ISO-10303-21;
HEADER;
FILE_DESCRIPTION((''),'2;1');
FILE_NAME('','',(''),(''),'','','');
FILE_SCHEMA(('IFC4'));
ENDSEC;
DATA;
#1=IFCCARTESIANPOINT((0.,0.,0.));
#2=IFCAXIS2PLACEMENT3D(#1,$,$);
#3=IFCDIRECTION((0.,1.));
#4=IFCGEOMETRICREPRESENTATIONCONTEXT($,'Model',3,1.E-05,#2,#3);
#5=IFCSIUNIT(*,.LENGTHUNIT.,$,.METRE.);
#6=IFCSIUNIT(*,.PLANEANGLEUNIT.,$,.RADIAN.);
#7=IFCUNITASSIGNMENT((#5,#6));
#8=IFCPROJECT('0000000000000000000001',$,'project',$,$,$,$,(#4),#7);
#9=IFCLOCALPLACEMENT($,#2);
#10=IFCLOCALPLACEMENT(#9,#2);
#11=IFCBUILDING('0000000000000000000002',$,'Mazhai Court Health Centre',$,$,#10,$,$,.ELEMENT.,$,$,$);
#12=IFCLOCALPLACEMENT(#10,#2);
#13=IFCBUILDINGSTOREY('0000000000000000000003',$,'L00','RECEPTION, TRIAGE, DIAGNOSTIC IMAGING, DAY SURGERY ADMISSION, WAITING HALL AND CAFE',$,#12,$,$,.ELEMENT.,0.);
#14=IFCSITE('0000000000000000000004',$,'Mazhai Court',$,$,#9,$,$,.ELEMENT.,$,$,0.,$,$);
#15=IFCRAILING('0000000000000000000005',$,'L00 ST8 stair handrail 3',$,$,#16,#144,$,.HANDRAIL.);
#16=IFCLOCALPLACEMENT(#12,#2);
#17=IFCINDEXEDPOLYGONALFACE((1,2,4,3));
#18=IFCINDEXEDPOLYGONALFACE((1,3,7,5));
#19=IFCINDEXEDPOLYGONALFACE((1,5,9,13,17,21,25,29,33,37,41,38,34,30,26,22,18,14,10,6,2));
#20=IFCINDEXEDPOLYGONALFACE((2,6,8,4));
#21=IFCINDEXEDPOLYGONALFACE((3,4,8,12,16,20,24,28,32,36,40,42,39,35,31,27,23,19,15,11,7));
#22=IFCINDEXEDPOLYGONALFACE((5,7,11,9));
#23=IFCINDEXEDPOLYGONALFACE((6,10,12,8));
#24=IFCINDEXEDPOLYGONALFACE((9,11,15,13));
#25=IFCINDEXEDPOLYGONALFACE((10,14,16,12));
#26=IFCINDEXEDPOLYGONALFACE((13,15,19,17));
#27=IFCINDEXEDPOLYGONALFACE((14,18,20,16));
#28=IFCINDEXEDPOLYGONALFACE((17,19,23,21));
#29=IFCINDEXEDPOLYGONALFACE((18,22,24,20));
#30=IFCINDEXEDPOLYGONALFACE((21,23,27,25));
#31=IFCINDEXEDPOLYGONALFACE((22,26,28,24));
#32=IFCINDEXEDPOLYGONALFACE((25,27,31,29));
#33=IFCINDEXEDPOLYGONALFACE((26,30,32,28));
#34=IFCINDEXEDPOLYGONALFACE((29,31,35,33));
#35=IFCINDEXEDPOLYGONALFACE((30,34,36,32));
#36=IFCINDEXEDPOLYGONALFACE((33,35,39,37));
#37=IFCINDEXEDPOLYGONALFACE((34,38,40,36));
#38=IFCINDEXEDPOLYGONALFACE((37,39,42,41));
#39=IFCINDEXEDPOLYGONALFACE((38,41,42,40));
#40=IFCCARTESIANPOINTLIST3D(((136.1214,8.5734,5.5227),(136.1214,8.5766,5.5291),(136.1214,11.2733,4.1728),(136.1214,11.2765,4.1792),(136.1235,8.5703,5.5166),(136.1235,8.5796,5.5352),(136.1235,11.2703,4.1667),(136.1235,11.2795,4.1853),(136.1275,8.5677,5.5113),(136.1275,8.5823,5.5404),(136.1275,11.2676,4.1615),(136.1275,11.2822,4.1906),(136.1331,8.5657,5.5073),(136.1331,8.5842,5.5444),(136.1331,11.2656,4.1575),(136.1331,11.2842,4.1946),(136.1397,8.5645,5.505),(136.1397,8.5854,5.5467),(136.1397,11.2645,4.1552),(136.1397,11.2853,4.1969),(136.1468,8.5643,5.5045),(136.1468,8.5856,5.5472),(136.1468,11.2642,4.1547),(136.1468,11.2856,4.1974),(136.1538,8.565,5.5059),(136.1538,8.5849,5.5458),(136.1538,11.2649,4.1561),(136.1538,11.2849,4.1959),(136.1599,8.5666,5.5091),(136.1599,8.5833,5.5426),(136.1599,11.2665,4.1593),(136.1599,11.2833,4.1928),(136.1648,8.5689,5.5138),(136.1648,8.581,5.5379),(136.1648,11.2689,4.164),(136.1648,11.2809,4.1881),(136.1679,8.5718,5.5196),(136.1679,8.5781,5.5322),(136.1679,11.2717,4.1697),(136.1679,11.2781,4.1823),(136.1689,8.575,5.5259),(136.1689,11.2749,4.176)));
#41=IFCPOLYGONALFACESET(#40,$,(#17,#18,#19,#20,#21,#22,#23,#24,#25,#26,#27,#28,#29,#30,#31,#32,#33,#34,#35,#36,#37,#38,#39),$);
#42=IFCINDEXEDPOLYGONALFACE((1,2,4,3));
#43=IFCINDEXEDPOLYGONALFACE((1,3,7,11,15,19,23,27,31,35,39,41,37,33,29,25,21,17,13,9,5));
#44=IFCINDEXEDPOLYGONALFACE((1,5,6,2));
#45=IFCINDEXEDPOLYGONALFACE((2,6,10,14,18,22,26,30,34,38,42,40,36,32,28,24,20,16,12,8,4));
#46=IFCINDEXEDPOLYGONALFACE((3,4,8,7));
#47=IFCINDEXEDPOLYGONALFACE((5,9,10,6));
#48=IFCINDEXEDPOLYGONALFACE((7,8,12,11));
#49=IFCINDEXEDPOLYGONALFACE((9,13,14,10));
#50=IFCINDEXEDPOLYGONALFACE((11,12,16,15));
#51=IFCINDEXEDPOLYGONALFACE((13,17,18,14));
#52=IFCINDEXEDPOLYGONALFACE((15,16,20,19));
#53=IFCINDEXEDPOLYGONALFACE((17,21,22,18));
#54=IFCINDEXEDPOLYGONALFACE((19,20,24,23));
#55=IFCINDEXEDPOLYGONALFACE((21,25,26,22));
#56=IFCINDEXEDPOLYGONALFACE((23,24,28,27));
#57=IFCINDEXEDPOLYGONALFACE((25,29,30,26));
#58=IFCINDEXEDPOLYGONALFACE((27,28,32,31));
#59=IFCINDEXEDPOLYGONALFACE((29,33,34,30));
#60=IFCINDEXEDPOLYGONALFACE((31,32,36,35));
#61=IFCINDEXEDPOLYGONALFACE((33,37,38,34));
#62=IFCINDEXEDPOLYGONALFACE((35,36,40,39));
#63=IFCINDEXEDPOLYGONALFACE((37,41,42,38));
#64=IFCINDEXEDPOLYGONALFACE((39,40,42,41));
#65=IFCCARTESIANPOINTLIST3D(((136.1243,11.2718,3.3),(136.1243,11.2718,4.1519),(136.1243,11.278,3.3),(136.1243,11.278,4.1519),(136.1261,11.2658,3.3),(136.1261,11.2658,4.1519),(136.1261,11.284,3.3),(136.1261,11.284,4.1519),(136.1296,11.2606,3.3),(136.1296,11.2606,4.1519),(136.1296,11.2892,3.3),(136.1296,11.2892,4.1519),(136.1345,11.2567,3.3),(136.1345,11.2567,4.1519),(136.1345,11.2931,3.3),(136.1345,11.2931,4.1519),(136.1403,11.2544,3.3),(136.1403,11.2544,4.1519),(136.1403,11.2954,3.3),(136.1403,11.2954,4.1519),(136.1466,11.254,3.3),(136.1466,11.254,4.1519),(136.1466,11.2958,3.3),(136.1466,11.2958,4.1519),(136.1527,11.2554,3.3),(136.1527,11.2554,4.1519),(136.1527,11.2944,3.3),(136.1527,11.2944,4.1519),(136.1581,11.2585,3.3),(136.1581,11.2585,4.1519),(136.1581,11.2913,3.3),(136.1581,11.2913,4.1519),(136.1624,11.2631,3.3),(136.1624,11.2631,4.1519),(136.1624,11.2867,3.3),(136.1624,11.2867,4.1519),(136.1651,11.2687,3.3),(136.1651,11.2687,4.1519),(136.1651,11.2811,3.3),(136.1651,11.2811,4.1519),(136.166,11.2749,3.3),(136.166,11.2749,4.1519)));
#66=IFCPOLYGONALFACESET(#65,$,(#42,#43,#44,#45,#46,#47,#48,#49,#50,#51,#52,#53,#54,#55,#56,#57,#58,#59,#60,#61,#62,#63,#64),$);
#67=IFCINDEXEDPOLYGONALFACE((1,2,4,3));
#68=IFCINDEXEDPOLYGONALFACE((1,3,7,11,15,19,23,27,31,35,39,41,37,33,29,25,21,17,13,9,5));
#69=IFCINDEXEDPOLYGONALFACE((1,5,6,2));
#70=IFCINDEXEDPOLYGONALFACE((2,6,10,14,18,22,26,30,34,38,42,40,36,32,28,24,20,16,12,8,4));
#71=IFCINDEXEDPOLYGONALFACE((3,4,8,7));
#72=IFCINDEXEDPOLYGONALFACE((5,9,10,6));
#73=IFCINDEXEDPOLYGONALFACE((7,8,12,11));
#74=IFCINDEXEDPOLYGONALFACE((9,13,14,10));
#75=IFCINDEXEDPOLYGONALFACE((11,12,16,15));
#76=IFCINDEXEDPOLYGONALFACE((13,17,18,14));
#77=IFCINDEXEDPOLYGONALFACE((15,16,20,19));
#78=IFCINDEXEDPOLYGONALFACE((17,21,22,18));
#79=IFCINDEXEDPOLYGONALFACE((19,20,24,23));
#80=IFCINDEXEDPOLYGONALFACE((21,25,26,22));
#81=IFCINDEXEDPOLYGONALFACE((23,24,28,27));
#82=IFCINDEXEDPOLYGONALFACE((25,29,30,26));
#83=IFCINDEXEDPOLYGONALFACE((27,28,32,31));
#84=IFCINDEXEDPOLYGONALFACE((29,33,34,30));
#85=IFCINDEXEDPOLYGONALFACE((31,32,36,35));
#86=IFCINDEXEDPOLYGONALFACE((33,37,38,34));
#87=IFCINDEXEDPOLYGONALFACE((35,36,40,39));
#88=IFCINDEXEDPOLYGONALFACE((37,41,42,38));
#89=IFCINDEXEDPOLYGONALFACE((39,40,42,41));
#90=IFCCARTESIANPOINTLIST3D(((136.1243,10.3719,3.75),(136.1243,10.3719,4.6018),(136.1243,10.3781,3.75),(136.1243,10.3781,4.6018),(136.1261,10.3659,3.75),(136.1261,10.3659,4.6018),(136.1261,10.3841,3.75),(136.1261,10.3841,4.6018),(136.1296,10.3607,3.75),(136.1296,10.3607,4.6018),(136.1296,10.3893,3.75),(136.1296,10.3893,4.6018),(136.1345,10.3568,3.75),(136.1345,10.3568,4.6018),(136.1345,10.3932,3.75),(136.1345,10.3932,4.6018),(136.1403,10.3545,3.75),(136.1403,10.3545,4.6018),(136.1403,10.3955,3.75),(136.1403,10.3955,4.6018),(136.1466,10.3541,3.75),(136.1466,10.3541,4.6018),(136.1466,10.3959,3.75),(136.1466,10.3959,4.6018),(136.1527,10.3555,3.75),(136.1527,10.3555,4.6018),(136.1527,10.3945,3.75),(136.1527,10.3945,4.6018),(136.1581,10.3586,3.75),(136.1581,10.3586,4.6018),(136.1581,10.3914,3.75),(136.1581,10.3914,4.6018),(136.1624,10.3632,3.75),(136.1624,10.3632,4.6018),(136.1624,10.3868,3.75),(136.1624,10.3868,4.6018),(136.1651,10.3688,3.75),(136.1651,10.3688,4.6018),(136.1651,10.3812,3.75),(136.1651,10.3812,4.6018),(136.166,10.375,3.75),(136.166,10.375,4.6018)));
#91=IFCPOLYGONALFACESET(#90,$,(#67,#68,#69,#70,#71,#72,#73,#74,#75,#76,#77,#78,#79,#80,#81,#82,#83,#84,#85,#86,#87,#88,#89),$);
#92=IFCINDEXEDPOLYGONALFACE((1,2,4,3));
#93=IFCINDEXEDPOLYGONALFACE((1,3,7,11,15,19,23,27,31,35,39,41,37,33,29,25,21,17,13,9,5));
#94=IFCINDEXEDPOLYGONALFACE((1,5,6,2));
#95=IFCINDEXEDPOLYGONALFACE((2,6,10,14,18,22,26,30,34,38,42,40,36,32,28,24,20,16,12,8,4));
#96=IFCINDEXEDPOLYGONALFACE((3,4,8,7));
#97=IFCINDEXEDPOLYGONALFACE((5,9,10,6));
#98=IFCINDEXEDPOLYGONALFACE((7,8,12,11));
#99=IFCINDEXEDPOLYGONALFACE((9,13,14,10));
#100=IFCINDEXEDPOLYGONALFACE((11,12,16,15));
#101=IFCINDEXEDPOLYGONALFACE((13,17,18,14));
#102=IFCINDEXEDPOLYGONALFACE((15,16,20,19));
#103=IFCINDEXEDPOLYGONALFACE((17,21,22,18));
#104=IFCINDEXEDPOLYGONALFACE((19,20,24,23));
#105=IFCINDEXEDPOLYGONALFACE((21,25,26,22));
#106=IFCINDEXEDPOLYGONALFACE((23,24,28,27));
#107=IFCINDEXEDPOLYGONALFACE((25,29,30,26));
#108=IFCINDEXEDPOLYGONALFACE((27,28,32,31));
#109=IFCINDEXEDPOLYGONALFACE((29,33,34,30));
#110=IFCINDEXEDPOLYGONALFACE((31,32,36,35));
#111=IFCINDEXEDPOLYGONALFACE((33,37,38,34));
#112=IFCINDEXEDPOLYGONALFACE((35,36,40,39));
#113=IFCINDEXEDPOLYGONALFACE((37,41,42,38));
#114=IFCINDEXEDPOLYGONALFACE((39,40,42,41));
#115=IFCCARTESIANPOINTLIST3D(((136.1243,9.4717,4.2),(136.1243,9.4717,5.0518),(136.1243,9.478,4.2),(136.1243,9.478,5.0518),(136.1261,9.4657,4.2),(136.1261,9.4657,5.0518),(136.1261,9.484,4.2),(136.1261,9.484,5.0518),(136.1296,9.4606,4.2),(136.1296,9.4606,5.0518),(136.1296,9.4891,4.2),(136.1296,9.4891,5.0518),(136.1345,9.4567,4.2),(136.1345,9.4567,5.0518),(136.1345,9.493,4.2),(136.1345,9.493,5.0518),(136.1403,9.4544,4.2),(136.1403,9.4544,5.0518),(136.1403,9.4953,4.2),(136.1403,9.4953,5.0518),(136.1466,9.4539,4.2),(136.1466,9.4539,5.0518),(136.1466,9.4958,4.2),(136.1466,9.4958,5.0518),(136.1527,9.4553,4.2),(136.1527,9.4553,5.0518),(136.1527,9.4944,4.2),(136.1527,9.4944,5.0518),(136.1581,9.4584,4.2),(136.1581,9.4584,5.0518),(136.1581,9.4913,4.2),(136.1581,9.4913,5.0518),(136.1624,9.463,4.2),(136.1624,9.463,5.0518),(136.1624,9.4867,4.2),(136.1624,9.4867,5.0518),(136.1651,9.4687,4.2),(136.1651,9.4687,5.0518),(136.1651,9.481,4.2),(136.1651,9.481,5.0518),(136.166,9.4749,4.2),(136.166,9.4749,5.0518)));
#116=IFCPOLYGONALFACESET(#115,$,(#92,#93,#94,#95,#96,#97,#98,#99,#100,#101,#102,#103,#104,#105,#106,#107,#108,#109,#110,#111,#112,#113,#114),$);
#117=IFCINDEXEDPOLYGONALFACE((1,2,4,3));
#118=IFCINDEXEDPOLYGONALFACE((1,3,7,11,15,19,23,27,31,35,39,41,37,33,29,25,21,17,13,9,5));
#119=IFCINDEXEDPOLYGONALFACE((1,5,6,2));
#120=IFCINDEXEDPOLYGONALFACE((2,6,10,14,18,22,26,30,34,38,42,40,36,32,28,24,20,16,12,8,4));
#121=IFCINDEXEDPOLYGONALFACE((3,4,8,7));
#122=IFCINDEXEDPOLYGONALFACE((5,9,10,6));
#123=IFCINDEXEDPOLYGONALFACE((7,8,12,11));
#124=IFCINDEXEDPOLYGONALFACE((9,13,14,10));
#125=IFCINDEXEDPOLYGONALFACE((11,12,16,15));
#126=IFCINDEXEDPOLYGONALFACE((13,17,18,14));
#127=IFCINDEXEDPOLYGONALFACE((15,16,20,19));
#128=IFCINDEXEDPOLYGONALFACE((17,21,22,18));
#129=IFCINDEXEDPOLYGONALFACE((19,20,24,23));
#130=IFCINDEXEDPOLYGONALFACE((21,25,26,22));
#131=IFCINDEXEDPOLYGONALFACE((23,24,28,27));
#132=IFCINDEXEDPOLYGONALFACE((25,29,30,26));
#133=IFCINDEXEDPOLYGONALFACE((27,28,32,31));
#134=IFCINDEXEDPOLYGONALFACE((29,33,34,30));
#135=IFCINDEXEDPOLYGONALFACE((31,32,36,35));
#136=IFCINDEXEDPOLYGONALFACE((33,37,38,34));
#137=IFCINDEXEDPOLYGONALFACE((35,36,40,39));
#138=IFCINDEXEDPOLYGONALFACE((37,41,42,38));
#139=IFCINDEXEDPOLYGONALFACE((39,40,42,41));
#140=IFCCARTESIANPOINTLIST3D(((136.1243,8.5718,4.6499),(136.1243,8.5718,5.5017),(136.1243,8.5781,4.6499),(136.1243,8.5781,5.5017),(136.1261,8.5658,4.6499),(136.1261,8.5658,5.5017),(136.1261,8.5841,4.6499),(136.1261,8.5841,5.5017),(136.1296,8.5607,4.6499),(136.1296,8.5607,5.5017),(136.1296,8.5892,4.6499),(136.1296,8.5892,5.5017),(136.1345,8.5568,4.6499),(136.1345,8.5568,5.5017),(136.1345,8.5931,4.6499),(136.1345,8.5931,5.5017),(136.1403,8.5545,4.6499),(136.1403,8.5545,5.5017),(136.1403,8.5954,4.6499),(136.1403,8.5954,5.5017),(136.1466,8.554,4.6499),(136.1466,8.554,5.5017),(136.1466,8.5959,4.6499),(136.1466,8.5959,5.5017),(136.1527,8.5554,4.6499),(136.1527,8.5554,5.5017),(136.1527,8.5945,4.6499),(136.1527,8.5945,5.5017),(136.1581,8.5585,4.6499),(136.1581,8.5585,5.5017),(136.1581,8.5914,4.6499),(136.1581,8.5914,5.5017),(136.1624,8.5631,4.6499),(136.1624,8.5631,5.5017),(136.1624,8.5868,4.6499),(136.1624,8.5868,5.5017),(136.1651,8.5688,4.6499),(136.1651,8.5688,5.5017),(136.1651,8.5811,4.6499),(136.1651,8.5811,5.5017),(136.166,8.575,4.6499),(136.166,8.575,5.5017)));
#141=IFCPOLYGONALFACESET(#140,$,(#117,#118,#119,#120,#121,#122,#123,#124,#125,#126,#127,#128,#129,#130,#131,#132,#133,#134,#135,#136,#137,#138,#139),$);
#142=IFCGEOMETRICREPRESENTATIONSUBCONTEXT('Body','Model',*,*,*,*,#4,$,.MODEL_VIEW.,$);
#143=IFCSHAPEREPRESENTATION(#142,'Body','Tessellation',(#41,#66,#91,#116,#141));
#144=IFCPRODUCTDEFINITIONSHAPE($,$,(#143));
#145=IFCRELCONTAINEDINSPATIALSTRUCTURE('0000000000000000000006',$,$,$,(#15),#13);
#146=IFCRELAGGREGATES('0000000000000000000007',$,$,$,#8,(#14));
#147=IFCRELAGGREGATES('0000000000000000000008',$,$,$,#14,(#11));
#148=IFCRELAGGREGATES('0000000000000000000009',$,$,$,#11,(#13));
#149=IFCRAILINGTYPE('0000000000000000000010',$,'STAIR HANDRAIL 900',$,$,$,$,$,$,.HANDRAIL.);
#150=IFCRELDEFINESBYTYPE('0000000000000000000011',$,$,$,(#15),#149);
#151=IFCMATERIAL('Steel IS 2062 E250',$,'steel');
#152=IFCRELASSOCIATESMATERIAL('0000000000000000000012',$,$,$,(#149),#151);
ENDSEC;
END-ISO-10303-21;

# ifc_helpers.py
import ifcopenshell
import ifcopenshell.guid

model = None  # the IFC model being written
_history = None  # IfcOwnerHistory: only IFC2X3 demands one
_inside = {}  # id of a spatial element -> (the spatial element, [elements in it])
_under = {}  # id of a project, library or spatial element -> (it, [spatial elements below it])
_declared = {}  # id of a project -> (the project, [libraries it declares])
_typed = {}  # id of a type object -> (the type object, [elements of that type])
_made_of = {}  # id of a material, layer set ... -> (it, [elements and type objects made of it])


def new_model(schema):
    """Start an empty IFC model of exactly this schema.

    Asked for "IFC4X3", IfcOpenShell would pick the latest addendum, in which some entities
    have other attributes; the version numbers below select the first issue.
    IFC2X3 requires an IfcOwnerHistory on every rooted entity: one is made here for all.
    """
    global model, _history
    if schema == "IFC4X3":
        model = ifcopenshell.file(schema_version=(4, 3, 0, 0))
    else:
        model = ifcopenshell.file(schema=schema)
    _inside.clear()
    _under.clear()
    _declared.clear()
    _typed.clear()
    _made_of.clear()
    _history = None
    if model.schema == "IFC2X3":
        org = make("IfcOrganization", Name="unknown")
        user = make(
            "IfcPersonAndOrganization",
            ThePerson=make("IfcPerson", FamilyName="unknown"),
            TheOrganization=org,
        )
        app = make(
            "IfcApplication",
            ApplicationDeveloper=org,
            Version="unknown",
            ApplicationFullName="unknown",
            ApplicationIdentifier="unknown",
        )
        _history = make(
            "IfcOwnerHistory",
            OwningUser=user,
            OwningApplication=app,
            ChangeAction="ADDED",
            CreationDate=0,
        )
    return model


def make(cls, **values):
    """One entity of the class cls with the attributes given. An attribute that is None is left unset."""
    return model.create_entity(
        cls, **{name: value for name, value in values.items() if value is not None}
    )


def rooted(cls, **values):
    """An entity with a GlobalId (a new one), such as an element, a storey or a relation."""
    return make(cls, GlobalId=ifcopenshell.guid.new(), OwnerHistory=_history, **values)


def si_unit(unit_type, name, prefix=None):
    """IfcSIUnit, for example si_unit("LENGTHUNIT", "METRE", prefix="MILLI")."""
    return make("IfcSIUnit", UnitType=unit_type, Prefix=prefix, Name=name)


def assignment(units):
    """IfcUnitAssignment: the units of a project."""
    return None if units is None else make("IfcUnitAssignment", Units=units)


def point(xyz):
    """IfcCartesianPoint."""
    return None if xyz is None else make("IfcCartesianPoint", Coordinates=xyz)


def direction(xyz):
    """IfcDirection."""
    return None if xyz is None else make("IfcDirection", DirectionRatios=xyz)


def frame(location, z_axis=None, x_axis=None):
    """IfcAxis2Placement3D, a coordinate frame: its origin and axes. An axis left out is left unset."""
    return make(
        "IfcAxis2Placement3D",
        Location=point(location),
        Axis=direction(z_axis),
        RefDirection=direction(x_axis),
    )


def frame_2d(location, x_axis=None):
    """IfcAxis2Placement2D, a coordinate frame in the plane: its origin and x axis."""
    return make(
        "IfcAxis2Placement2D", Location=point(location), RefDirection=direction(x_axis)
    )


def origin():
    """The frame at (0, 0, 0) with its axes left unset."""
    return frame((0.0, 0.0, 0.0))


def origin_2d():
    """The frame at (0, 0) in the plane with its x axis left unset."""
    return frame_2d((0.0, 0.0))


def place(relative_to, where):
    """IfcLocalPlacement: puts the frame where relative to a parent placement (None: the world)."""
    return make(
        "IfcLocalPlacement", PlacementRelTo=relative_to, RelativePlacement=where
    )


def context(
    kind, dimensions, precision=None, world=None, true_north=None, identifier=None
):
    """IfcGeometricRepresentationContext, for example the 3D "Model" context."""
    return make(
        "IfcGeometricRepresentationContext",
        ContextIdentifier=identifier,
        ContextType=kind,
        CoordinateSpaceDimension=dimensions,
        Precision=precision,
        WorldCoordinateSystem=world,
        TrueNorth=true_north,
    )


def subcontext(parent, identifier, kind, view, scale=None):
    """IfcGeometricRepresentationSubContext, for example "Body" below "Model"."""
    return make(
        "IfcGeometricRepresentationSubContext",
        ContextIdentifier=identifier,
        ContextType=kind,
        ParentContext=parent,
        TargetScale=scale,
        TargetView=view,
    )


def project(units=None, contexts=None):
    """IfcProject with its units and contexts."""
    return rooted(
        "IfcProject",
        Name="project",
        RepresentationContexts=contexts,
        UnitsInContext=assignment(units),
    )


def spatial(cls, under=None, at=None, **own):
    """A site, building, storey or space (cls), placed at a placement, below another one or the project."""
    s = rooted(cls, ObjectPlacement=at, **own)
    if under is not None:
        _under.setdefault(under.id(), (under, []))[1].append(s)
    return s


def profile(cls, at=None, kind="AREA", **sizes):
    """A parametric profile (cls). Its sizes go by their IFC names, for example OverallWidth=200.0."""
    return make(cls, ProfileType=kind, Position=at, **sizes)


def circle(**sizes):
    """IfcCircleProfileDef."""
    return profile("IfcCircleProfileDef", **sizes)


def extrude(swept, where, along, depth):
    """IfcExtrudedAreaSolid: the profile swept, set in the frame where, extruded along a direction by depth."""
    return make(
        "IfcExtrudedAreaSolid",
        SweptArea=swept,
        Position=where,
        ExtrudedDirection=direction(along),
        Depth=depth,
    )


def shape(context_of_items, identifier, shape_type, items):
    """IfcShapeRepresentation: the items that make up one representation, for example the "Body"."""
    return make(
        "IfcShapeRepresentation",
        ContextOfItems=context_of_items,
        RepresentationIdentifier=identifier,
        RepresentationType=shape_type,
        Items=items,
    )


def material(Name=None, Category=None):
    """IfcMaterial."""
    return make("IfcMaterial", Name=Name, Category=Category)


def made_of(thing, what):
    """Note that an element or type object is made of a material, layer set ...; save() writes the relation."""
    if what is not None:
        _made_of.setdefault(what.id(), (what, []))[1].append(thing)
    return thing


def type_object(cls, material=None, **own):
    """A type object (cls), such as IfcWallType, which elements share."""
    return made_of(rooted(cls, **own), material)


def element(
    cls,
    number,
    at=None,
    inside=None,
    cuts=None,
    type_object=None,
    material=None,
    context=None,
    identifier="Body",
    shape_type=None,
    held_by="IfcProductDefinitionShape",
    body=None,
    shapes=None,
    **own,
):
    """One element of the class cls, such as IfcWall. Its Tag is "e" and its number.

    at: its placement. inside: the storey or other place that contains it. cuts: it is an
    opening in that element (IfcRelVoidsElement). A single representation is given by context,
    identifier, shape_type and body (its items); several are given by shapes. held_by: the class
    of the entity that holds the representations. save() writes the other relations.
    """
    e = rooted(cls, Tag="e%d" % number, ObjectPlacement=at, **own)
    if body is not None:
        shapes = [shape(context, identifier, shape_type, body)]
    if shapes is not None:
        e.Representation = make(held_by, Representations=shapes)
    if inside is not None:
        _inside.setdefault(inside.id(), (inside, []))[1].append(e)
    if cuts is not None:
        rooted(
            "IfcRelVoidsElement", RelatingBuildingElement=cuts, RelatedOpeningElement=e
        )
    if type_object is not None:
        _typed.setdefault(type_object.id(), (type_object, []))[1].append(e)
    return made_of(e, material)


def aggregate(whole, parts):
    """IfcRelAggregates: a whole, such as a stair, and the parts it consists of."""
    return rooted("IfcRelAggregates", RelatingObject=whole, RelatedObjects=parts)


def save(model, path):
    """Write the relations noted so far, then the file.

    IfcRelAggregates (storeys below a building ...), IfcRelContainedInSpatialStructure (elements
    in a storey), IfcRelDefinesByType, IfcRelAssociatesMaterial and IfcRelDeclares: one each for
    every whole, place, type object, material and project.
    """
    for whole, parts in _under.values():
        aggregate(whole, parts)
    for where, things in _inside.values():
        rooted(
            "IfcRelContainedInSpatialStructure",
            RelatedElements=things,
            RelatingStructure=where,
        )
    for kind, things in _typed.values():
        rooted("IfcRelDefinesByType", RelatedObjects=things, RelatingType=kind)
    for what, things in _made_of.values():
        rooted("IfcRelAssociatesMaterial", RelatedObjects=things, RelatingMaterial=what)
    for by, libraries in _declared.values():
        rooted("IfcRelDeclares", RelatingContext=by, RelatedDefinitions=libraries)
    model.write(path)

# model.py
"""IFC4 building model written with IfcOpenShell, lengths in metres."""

from ifc_helpers import new_model, si_unit, direction, frame, origin, origin_2d, place, context, subcontext, project, spatial, circle, extrude, material, type_object, element, save


model = new_model("IFC4")

# Units and contexts
model_context = context("Model", 3, precision=1e-05, world=origin(), true_north=direction((0.0, 1.0)))
body_context = subcontext(model_context, "Body", "Model", "MODEL_VIEW")
ifc_project = project(units=[si_unit("LENGTHUNIT", "METRE"), si_unit("PLANEANGLEUNIT", "RADIAN")], contexts=[model_context])

# Site, building, storey
site_placement = place(None, origin())
site = spatial("IfcSite", under=ifc_project, at=site_placement, Name="Mazhai Court", CompositionType="ELEMENT", RefElevation=0.0)
building_placement = place(site_placement, origin())
building = spatial("IfcBuilding", under=site, at=building_placement, Name="Mazhai Court Health Centre", CompositionType="ELEMENT")
storey_placement = place(building_placement, origin())
storey = spatial("IfcBuildingStorey", under=building, at=storey_placement, Name="L00", Description="RECEPTION, TRIAGE, DIAGNOSTIC IMAGING, DAY SURGERY ADMISSION, WAITING HALL AND CAFE", CompositionType="ELEMENT", Elevation=0.0)

# Railing
ifc_material_1 = material(Name="Steel IS 2062 E250", Category="steel")
railing_type_1 = type_object("IfcRailingType", Name="STAIR HANDRAIL 900", PredefinedType="HANDRAIL", material=ifc_material_1)
railing_1_placement = place(storey_placement, frame((136.145, 11.2749, 3.3)))
element("IfcRailing", 1, at=railing_1_placement, inside=storey, type_object=railing_type_1, Name="L00 ST8 stair handrail 3", PredefinedType="HANDRAIL", context=body_context, shape_type="SweptSolid", body=[
    extrude(circle(Radius=0.0239, at=origin_2d()), frame((0.0, 0.0, 0.876), z_axis=(0.0, -0.894443, 0.447181), x_axis=(1.0, 0.0, 0.0)), (0.0, 0.0, 1.0), 3.0186),
    extrude(circle(Radius=0.021, at=origin_2d()), origin(), (0.0, 0.0, 1.0), 0.8518),
    extrude(circle(Radius=0.021, at=origin_2d()), frame((0.0, -0.8999, 0.45)), (0.0, 0.0, 1.0), 0.8518),
    extrude(circle(Radius=0.021, at=origin_2d()), frame((0.0, -1.8, 0.8999)), (0.0, 0.0, 1.0), 0.8518),
    extrude(circle(Radius=0.021, at=origin_2d()), frame((0.0, -2.7, 1.3499)), (0.0, 0.0, 1.0), 0.8518),
])

save(model, "model.ifc")
